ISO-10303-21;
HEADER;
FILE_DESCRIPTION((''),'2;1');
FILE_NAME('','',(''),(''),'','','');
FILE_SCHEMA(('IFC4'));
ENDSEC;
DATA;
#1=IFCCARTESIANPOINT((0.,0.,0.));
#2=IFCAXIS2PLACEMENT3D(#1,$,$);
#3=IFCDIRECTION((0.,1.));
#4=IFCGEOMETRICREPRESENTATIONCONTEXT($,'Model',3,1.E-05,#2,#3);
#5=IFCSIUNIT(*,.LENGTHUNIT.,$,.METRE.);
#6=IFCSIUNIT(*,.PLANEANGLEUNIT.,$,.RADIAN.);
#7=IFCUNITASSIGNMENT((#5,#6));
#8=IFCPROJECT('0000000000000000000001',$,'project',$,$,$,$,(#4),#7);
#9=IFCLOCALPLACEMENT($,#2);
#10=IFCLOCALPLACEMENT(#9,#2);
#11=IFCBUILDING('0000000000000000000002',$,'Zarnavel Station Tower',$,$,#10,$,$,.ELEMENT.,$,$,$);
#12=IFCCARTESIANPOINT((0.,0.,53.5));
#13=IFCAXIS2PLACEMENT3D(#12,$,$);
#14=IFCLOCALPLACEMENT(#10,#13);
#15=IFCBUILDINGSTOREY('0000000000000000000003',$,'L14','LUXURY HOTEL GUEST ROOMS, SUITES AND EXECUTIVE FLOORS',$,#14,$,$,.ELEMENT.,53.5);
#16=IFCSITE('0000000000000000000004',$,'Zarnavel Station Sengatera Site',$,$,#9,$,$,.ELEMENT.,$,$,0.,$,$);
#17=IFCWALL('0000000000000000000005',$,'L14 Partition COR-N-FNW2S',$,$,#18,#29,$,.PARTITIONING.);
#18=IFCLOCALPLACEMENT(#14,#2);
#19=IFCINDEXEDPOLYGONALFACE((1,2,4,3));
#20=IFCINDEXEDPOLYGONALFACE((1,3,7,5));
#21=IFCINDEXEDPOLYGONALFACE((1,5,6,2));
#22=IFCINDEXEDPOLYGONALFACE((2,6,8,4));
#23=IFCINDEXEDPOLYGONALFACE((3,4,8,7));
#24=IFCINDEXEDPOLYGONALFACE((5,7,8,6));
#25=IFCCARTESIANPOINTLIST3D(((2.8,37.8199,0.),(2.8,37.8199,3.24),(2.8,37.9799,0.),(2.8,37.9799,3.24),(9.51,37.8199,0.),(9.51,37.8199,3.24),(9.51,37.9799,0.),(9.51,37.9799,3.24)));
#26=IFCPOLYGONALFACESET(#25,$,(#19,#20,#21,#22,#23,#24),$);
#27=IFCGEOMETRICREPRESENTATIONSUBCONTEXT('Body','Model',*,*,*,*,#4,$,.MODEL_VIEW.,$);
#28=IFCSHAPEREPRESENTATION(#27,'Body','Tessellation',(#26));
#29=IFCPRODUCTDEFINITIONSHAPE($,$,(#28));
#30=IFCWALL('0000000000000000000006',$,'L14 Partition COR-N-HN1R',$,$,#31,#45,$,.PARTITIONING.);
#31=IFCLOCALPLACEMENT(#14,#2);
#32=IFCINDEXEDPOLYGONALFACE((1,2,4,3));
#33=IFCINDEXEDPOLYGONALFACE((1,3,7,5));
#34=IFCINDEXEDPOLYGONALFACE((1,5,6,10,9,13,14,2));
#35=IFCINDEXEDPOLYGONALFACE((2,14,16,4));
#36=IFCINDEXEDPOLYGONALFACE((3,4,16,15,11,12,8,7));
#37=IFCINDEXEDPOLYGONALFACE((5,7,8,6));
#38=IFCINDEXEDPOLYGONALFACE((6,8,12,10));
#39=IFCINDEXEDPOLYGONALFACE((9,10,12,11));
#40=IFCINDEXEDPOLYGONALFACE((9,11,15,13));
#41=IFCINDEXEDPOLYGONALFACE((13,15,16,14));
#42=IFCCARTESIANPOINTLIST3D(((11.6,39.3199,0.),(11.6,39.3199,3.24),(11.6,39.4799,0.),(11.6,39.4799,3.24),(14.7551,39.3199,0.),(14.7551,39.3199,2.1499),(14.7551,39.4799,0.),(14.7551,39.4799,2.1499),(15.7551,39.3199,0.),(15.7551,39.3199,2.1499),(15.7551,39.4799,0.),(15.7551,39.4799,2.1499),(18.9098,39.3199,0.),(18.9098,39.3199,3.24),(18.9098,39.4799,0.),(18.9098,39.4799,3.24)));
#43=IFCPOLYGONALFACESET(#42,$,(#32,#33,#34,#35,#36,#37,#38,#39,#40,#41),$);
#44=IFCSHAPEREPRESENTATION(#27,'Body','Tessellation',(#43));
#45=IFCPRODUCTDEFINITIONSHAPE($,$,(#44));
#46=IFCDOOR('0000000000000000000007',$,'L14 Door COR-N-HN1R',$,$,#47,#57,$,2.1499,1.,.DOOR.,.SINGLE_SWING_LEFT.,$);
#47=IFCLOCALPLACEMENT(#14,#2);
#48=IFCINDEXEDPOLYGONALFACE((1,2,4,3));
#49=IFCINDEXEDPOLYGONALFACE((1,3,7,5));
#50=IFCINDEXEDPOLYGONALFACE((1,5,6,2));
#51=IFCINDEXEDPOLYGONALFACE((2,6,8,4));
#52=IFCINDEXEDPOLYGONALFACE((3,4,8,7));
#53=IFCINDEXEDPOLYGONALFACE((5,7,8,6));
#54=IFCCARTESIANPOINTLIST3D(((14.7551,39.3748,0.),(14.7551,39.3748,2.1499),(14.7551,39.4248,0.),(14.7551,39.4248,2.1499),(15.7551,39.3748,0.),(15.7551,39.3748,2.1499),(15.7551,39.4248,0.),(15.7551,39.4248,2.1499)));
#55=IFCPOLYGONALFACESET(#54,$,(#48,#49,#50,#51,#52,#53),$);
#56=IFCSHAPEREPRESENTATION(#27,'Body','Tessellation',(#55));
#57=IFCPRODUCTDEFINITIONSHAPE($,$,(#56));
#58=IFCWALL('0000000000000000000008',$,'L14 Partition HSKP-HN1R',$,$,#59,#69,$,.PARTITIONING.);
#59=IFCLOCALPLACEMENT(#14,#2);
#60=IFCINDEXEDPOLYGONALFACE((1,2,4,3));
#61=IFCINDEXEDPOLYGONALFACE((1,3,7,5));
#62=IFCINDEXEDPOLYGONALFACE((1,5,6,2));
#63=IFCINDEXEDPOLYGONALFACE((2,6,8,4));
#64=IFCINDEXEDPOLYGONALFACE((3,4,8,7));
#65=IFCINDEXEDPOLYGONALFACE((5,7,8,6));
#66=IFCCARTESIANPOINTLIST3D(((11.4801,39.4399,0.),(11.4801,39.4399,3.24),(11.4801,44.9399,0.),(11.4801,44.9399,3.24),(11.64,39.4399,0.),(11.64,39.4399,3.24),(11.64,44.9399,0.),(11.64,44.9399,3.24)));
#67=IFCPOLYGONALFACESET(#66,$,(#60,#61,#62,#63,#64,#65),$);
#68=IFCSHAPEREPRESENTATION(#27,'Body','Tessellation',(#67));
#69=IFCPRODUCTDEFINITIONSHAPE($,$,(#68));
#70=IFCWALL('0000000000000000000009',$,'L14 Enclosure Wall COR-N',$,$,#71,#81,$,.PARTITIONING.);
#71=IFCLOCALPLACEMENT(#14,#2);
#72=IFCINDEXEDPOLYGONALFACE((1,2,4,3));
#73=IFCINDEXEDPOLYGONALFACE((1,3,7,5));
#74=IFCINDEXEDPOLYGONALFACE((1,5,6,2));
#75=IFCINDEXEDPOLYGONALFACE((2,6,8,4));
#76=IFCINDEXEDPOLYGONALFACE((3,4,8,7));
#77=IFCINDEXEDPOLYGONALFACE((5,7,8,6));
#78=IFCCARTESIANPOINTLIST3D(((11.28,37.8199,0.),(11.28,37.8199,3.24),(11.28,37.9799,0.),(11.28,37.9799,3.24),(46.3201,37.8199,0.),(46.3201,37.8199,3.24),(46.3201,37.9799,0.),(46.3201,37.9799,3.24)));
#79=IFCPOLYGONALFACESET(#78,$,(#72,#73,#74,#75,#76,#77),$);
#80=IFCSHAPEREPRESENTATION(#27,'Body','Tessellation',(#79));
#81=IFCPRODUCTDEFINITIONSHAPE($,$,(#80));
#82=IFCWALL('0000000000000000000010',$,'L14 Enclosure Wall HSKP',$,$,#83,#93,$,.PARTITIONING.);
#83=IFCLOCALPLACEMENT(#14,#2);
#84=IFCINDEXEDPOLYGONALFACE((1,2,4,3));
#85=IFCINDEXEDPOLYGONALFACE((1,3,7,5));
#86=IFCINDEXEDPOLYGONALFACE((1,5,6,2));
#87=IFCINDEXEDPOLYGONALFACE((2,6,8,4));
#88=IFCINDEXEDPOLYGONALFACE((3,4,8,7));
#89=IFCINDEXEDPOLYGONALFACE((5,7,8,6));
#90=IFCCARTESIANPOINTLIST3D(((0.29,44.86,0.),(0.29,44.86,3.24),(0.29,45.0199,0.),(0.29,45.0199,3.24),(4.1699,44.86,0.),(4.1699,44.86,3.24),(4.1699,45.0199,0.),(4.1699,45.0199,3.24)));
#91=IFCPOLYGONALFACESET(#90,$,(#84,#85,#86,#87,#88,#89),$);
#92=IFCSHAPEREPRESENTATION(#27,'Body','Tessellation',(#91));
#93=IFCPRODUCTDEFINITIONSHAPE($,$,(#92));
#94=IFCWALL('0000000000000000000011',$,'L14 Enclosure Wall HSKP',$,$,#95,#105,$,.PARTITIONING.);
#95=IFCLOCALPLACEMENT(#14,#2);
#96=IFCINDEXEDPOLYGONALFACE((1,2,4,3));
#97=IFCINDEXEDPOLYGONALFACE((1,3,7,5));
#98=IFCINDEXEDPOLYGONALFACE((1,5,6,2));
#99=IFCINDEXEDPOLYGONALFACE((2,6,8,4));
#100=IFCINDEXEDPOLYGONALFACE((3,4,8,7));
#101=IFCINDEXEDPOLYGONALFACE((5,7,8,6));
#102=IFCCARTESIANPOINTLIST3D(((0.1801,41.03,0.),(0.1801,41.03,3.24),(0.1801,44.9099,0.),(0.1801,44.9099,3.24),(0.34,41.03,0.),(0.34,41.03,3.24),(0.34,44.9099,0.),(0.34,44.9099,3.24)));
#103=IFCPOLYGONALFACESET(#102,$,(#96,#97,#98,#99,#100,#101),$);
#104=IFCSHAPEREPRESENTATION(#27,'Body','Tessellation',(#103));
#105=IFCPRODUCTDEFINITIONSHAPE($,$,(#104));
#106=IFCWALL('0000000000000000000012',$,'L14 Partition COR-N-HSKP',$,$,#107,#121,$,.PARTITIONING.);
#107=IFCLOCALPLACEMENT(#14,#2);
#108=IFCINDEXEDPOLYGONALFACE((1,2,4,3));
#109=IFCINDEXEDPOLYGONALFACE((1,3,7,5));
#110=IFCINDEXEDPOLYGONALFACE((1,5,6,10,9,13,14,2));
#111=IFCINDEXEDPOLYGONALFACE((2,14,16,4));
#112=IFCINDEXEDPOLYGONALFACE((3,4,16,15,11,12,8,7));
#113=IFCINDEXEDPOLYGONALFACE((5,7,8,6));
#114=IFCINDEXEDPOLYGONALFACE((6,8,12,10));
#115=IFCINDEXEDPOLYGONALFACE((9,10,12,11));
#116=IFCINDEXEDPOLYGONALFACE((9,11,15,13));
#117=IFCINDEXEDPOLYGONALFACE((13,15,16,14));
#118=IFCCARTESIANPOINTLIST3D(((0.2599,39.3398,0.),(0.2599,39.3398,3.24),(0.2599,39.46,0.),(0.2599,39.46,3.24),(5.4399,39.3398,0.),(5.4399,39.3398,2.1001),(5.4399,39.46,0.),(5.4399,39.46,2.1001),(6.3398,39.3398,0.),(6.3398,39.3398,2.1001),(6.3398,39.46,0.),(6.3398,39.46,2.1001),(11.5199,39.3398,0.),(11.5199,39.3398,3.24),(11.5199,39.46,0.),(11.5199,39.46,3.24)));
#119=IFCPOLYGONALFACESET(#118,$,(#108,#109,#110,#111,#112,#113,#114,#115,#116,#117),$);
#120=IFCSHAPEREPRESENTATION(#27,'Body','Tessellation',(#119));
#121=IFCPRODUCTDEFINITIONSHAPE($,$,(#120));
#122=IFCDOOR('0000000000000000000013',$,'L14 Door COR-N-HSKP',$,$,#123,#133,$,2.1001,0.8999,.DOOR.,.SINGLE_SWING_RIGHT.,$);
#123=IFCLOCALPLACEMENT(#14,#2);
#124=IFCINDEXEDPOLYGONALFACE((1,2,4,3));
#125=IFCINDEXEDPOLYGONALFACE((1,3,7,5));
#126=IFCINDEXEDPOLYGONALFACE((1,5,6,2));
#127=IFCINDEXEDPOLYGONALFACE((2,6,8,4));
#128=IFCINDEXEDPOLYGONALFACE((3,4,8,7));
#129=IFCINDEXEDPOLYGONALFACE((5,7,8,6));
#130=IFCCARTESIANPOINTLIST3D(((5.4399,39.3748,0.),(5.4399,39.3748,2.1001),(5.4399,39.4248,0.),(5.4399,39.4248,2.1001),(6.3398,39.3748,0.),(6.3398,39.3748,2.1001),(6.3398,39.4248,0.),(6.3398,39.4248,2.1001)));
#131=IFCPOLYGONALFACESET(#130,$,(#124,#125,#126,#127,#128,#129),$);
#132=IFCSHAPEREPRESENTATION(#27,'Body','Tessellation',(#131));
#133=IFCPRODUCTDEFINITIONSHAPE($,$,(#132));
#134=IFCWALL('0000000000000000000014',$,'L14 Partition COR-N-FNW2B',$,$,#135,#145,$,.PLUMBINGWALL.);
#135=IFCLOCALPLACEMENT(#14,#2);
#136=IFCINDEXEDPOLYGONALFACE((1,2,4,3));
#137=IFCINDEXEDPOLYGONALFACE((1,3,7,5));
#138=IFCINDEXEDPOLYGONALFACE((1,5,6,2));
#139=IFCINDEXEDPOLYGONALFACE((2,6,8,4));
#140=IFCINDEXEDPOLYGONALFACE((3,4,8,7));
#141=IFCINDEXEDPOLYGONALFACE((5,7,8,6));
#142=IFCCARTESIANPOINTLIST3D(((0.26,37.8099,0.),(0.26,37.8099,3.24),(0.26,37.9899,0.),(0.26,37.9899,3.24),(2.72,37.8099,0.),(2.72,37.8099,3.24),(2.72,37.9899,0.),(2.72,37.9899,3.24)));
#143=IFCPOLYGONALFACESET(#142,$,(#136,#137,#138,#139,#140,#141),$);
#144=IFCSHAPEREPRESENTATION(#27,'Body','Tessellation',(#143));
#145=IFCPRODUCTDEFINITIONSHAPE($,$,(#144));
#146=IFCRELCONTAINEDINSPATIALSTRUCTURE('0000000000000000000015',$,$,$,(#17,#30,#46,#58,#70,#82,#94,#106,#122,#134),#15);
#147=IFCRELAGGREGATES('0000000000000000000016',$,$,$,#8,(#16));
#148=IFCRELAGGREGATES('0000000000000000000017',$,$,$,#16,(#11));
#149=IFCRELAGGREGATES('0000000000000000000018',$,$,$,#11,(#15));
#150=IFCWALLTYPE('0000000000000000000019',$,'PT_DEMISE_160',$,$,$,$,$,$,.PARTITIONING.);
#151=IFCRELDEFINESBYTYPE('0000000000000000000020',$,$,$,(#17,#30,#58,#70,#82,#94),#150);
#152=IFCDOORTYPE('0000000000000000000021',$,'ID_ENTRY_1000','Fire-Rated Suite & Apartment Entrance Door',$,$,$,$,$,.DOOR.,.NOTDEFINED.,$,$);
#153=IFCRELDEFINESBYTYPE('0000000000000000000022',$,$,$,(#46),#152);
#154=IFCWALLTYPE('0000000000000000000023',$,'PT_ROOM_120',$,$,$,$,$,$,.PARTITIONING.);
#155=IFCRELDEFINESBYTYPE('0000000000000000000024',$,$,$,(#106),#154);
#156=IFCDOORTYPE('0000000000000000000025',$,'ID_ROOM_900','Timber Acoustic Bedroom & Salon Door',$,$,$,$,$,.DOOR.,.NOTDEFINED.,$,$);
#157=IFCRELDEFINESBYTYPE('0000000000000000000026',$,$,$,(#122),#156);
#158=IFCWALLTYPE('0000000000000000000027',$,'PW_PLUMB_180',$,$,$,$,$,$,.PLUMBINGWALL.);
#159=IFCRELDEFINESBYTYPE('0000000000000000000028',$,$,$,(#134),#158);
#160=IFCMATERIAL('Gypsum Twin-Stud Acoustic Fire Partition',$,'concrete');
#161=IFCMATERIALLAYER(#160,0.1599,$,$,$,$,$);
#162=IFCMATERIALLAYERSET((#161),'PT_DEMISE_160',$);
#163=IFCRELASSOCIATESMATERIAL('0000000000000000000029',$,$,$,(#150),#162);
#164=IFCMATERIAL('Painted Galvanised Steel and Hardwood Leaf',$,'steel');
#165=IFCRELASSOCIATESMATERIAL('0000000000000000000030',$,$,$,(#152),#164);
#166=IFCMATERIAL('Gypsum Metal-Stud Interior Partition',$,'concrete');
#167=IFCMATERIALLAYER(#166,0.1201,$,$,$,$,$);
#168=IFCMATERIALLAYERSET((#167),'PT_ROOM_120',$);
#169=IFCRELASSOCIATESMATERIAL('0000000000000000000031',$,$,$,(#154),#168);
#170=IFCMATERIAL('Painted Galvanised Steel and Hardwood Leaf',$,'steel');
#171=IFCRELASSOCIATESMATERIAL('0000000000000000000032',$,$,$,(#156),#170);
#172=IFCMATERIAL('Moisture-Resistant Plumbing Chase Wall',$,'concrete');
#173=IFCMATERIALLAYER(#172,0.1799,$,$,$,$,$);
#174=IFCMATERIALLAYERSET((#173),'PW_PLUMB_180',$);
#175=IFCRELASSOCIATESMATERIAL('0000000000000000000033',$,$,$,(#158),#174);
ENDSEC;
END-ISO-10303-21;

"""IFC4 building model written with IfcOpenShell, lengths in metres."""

from ifc_helpers import new_model, si_unit, direction, frame, frame_2d, origin, place, context, subcontext, project, spatial, rectangle, extrude, material, layer, layer_set, type_object, element, fill, save


model = new_model("IFC4")

# Units and contexts
model_context = context("Model", 3, precision=1e-05, world=origin(), true_north=direction((0.0, 1.0)))
body_context = subcontext(model_context, "Body", "Model", "MODEL_VIEW")
ifc_project = project(units=[si_unit("LENGTHUNIT", "METRE"), si_unit("PLANEANGLEUNIT", "RADIAN")], contexts=[model_context])

# Site, building, storey
site_placement = place(None, origin())
site = spatial("IfcSite", under=ifc_project, at=site_placement, Name="Zarnavel Station Sengatera Site", CompositionType="ELEMENT", RefElevation=0.0)
building_placement = place(site_placement, origin())
building = spatial("IfcBuilding", under=site, at=building_placement, Name="Zarnavel Station Tower", CompositionType="ELEMENT")
storey_placement = place(building_placement, frame((0.0, 0.0, 53.5)))
storey = spatial("IfcBuildingStorey", under=building, at=storey_placement, Name="L14", Description="LUXURY HOTEL GUEST ROOMS, SUITES AND EXECUTIVE FLOORS", CompositionType="ELEMENT", Elevation=53.5)

# Wall
ifc_material_1 = material(Name="Gypsum Twin-Stud Acoustic Fire Partition", Category="concrete")
ifc_layer_1 = layer(ifc_material_1, 0.1599)
ifc_layer_set_1 = layer_set([ifc_layer_1], Name="PT_DEMISE_160")
wall_type_1 = type_object("IfcWallType", Name="PT_DEMISE_160", PredefinedType="PARTITIONING", material=ifc_layer_set_1)
wall_1_placement = place(storey_placement, frame((2.8, 37.8999, 0.0), z_axis=(0.0, 0.0, 1.0), x_axis=(1.0, 0.0, 0.0)))
element("IfcWall", 1, at=wall_1_placement, inside=storey, type_object=wall_type_1, Name="L14 Partition COR-N-FNW2S", PredefinedType="PARTITIONING", context=body_context, shape_type="SweptSolid", body=[
    extrude(rectangle(XDim=6.71, YDim=0.1599, at=frame_2d((3.355, 0.0))), origin(), (0.0, 0.0, 1.0), 3.24),
])

# Wall, opening, door
wall_2_placement = place(storey_placement, frame((11.6001, 39.3999, 0.0), z_axis=(0.0, 0.0, 1.0), x_axis=(1.0, 0.0, 0.0)))
wall_2 = element("IfcWall", 2, at=wall_2_placement, inside=storey, type_object=wall_type_1, Name="L14 Partition COR-N-HN1R", PredefinedType="PARTITIONING", context=body_context, shape_type="SweptSolid", body=[
    extrude(rectangle(XDim=7.3098, YDim=0.1599, at=frame_2d((3.6548, 0.0))), origin(), (0.0, 0.0, 1.0), 3.24),
])
opening_1_placement = place(wall_2_placement, frame((3.155, 0.0, 0.0)))
opening_1 = element("IfcOpeningElement", 3, at=opening_1_placement, cuts=wall_2, PredefinedType="OPENING", context=body_context, shape_type="SweptSolid", body=[
    extrude(rectangle(XDim=1.0, YDim=2.1499, at=frame_2d((0.5, 1.075))), frame((0.0, 0.0898, 0.0), z_axis=(0.0, -1.0, 0.0), x_axis=(1.0, 0.0, 0.0)), (0.0, 0.0, 1.0), 0.1799),
])
ifc_material_2 = material(Name="Painted Galvanised Steel and Hardwood Leaf", Category="steel")
door_type_1 = type_object("IfcDoorType", Name="ID_ENTRY_1000", Description="Fire-Rated Suite & Apartment Entrance Door", OperationType="NOTDEFINED", PredefinedType="DOOR", material=ifc_material_2)
door_1_placement = place(opening_1_placement, origin())
door_1 = element("IfcDoor", 4, at=door_1_placement, inside=storey, type_object=door_type_1, Name="L14 Door COR-N-HN1R", OperationType="SINGLE_SWING_LEFT", OverallHeight=2.1499, OverallWidth=1.0, PredefinedType="DOOR", context=body_context, shape_type="SweptSolid", body=[
    extrude(rectangle(XDim=1.0, YDim=2.1499, at=frame_2d((0.5, 1.075))), frame((0.0, 0.0249, 0.0), z_axis=(0.0, -1.0, 0.0), x_axis=(1.0, 0.0, 0.0)), (0.0, 0.0, 1.0), 0.05),
])
fill(opening_1, door_1)

# Walls
wall_3_placement = place(storey_placement, frame((11.5601, 39.4399, 0.0), z_axis=(0.0, 0.0, 1.0), x_axis=(0.0, 1.0, 0.0)))
element("IfcWall", 5, at=wall_3_placement, inside=storey, type_object=wall_type_1, Name="L14 Partition HSKP-HN1R", PredefinedType="PARTITIONING", context=body_context, shape_type="SweptSolid", body=[
    extrude(rectangle(XDim=5.5, YDim=0.1599, at=frame_2d((2.75, 0.0))), origin(), (0.0, 0.0, 1.0), 3.24),
])
wall_4_placement = place(storey_placement, frame((11.28, 37.8999, 0.0), z_axis=(0.0, 0.0, 1.0), x_axis=(1.0, 0.0, 0.0)))
element("IfcWall", 6, at=wall_4_placement, inside=storey, type_object=wall_type_1, Name="L14 Enclosure Wall COR-N", PredefinedType="PARTITIONING", context=body_context, shape_type="SweptSolid", body=[
    extrude(rectangle(XDim=35.04, YDim=0.1599, at=frame_2d((17.52, 0.0))), origin(), (0.0, 0.0, 1.0), 3.24),
])
for number, where, z_axis, x_axis, name in (
    (7, (0.29, 44.9399, 0.0), (0.0, 0.0, 1.0), (1.0, 0.0, 0.0), "L14 Enclosure Wall HSKP"),
    (8, (0.26, 41.03, 0.0), (0.0, 0.0, 1.0), (0.0, 1.0, 0.0), "L14 Enclosure Wall HSKP"),
):
    element("IfcWall", number, at=place(storey_placement, frame(where, z_axis=z_axis, x_axis=x_axis)), inside=storey, type_object=wall_type_1, Name=name, PredefinedType="PARTITIONING", context=body_context, shape_type="SweptSolid", body=[
        extrude(rectangle(XDim=3.8799, YDim=0.1599, at=frame_2d((1.9399, 0.0))), origin(), (0.0, 0.0, 1.0), 3.24),
    ])

# Wall, opening, door
ifc_material_3 = material(Name="Gypsum Metal-Stud Interior Partition", Category="concrete")
ifc_layer_2 = layer(ifc_material_3, 0.1201)
ifc_layer_set_2 = layer_set([ifc_layer_2], Name="PT_ROOM_120")
wall_type_2 = type_object("IfcWallType", Name="PT_ROOM_120", PredefinedType="PARTITIONING", material=ifc_layer_set_2)
wall_5_placement = place(storey_placement, frame((0.26, 39.3999, 0.0), z_axis=(0.0, 0.0, 1.0), x_axis=(1.0, 0.0, 0.0)))
wall_5 = element("IfcWall", 9, at=wall_5_placement, inside=storey, type_object=wall_type_2, Name="L14 Partition COR-N-HSKP", PredefinedType="PARTITIONING", context=body_context, shape_type="SweptSolid", body=[
    extrude(rectangle(XDim=11.26, YDim=0.1201, at=frame_2d((5.6299, 0.0))), origin(), (0.0, 0.0, 1.0), 3.24),
])
opening_2_placement = place(wall_5_placement, frame((5.1799, 0.0, 0.0)))
opening_2 = element("IfcOpeningElement", 10, at=opening_2_placement, cuts=wall_5, PredefinedType="OPENING", context=body_context, shape_type="SweptSolid", body=[
    extrude(rectangle(XDim=0.8999, YDim=2.1001, at=frame_2d((0.45, 1.05))), frame((0.0, 0.0701, 0.0), z_axis=(0.0, -1.0, 0.0), x_axis=(1.0, 0.0, 0.0)), (0.0, 0.0, 1.0), 0.1401),
])
ifc_material_4 = material(Name="Painted Galvanised Steel and Hardwood Leaf", Category="steel")
door_type_2 = type_object("IfcDoorType", Name="ID_ROOM_900", Description="Timber Acoustic Bedroom & Salon Door", OperationType="NOTDEFINED", PredefinedType="DOOR", material=ifc_material_4)
door_2_placement = place(opening_2_placement, origin())
door_2 = element("IfcDoor", 11, at=door_2_placement, inside=storey, type_object=door_type_2, Name="L14 Door COR-N-HSKP", OperationType="SINGLE_SWING_RIGHT", OverallHeight=2.1001, OverallWidth=0.8999, PredefinedType="DOOR", context=body_context, shape_type="SweptSolid", body=[
    extrude(rectangle(XDim=0.8999, YDim=2.1001, at=frame_2d((0.45, 1.05))), frame((0.0, 0.0249, 0.0), z_axis=(0.0, -1.0, 0.0), x_axis=(1.0, 0.0, 0.0)), (0.0, 0.0, 1.0), 0.05),
])
fill(opening_2, door_2)

# Wall
ifc_material_5 = material(Name="Moisture-Resistant Plumbing Chase Wall", Category="concrete")
ifc_layer_3 = layer(ifc_material_5, 0.1799)
ifc_layer_set_3 = layer_set([ifc_layer_3], Name="PW_PLUMB_180")
wall_type_3 = type_object("IfcWallType", Name="PW_PLUMB_180", PredefinedType="PLUMBINGWALL", material=ifc_layer_set_3)
wall_6_placement = place(storey_placement, frame((0.26, 37.8999, 0.0), z_axis=(0.0, 0.0, 1.0), x_axis=(1.0, 0.0, 0.0)))
element("IfcWall", 12, at=wall_6_placement, inside=storey, type_object=wall_type_3, Name="L14 Partition COR-N-FNW2B", PredefinedType="PLUMBINGWALL", context=body_context, shape_type="SweptSolid", body=[
    extrude(rectangle(XDim=2.46, YDim=0.1799, at=frame_2d((1.23, 0.0))), origin(), (0.0, 0.0, 1.0), 3.24),
])

save(model, "model.ifc")
